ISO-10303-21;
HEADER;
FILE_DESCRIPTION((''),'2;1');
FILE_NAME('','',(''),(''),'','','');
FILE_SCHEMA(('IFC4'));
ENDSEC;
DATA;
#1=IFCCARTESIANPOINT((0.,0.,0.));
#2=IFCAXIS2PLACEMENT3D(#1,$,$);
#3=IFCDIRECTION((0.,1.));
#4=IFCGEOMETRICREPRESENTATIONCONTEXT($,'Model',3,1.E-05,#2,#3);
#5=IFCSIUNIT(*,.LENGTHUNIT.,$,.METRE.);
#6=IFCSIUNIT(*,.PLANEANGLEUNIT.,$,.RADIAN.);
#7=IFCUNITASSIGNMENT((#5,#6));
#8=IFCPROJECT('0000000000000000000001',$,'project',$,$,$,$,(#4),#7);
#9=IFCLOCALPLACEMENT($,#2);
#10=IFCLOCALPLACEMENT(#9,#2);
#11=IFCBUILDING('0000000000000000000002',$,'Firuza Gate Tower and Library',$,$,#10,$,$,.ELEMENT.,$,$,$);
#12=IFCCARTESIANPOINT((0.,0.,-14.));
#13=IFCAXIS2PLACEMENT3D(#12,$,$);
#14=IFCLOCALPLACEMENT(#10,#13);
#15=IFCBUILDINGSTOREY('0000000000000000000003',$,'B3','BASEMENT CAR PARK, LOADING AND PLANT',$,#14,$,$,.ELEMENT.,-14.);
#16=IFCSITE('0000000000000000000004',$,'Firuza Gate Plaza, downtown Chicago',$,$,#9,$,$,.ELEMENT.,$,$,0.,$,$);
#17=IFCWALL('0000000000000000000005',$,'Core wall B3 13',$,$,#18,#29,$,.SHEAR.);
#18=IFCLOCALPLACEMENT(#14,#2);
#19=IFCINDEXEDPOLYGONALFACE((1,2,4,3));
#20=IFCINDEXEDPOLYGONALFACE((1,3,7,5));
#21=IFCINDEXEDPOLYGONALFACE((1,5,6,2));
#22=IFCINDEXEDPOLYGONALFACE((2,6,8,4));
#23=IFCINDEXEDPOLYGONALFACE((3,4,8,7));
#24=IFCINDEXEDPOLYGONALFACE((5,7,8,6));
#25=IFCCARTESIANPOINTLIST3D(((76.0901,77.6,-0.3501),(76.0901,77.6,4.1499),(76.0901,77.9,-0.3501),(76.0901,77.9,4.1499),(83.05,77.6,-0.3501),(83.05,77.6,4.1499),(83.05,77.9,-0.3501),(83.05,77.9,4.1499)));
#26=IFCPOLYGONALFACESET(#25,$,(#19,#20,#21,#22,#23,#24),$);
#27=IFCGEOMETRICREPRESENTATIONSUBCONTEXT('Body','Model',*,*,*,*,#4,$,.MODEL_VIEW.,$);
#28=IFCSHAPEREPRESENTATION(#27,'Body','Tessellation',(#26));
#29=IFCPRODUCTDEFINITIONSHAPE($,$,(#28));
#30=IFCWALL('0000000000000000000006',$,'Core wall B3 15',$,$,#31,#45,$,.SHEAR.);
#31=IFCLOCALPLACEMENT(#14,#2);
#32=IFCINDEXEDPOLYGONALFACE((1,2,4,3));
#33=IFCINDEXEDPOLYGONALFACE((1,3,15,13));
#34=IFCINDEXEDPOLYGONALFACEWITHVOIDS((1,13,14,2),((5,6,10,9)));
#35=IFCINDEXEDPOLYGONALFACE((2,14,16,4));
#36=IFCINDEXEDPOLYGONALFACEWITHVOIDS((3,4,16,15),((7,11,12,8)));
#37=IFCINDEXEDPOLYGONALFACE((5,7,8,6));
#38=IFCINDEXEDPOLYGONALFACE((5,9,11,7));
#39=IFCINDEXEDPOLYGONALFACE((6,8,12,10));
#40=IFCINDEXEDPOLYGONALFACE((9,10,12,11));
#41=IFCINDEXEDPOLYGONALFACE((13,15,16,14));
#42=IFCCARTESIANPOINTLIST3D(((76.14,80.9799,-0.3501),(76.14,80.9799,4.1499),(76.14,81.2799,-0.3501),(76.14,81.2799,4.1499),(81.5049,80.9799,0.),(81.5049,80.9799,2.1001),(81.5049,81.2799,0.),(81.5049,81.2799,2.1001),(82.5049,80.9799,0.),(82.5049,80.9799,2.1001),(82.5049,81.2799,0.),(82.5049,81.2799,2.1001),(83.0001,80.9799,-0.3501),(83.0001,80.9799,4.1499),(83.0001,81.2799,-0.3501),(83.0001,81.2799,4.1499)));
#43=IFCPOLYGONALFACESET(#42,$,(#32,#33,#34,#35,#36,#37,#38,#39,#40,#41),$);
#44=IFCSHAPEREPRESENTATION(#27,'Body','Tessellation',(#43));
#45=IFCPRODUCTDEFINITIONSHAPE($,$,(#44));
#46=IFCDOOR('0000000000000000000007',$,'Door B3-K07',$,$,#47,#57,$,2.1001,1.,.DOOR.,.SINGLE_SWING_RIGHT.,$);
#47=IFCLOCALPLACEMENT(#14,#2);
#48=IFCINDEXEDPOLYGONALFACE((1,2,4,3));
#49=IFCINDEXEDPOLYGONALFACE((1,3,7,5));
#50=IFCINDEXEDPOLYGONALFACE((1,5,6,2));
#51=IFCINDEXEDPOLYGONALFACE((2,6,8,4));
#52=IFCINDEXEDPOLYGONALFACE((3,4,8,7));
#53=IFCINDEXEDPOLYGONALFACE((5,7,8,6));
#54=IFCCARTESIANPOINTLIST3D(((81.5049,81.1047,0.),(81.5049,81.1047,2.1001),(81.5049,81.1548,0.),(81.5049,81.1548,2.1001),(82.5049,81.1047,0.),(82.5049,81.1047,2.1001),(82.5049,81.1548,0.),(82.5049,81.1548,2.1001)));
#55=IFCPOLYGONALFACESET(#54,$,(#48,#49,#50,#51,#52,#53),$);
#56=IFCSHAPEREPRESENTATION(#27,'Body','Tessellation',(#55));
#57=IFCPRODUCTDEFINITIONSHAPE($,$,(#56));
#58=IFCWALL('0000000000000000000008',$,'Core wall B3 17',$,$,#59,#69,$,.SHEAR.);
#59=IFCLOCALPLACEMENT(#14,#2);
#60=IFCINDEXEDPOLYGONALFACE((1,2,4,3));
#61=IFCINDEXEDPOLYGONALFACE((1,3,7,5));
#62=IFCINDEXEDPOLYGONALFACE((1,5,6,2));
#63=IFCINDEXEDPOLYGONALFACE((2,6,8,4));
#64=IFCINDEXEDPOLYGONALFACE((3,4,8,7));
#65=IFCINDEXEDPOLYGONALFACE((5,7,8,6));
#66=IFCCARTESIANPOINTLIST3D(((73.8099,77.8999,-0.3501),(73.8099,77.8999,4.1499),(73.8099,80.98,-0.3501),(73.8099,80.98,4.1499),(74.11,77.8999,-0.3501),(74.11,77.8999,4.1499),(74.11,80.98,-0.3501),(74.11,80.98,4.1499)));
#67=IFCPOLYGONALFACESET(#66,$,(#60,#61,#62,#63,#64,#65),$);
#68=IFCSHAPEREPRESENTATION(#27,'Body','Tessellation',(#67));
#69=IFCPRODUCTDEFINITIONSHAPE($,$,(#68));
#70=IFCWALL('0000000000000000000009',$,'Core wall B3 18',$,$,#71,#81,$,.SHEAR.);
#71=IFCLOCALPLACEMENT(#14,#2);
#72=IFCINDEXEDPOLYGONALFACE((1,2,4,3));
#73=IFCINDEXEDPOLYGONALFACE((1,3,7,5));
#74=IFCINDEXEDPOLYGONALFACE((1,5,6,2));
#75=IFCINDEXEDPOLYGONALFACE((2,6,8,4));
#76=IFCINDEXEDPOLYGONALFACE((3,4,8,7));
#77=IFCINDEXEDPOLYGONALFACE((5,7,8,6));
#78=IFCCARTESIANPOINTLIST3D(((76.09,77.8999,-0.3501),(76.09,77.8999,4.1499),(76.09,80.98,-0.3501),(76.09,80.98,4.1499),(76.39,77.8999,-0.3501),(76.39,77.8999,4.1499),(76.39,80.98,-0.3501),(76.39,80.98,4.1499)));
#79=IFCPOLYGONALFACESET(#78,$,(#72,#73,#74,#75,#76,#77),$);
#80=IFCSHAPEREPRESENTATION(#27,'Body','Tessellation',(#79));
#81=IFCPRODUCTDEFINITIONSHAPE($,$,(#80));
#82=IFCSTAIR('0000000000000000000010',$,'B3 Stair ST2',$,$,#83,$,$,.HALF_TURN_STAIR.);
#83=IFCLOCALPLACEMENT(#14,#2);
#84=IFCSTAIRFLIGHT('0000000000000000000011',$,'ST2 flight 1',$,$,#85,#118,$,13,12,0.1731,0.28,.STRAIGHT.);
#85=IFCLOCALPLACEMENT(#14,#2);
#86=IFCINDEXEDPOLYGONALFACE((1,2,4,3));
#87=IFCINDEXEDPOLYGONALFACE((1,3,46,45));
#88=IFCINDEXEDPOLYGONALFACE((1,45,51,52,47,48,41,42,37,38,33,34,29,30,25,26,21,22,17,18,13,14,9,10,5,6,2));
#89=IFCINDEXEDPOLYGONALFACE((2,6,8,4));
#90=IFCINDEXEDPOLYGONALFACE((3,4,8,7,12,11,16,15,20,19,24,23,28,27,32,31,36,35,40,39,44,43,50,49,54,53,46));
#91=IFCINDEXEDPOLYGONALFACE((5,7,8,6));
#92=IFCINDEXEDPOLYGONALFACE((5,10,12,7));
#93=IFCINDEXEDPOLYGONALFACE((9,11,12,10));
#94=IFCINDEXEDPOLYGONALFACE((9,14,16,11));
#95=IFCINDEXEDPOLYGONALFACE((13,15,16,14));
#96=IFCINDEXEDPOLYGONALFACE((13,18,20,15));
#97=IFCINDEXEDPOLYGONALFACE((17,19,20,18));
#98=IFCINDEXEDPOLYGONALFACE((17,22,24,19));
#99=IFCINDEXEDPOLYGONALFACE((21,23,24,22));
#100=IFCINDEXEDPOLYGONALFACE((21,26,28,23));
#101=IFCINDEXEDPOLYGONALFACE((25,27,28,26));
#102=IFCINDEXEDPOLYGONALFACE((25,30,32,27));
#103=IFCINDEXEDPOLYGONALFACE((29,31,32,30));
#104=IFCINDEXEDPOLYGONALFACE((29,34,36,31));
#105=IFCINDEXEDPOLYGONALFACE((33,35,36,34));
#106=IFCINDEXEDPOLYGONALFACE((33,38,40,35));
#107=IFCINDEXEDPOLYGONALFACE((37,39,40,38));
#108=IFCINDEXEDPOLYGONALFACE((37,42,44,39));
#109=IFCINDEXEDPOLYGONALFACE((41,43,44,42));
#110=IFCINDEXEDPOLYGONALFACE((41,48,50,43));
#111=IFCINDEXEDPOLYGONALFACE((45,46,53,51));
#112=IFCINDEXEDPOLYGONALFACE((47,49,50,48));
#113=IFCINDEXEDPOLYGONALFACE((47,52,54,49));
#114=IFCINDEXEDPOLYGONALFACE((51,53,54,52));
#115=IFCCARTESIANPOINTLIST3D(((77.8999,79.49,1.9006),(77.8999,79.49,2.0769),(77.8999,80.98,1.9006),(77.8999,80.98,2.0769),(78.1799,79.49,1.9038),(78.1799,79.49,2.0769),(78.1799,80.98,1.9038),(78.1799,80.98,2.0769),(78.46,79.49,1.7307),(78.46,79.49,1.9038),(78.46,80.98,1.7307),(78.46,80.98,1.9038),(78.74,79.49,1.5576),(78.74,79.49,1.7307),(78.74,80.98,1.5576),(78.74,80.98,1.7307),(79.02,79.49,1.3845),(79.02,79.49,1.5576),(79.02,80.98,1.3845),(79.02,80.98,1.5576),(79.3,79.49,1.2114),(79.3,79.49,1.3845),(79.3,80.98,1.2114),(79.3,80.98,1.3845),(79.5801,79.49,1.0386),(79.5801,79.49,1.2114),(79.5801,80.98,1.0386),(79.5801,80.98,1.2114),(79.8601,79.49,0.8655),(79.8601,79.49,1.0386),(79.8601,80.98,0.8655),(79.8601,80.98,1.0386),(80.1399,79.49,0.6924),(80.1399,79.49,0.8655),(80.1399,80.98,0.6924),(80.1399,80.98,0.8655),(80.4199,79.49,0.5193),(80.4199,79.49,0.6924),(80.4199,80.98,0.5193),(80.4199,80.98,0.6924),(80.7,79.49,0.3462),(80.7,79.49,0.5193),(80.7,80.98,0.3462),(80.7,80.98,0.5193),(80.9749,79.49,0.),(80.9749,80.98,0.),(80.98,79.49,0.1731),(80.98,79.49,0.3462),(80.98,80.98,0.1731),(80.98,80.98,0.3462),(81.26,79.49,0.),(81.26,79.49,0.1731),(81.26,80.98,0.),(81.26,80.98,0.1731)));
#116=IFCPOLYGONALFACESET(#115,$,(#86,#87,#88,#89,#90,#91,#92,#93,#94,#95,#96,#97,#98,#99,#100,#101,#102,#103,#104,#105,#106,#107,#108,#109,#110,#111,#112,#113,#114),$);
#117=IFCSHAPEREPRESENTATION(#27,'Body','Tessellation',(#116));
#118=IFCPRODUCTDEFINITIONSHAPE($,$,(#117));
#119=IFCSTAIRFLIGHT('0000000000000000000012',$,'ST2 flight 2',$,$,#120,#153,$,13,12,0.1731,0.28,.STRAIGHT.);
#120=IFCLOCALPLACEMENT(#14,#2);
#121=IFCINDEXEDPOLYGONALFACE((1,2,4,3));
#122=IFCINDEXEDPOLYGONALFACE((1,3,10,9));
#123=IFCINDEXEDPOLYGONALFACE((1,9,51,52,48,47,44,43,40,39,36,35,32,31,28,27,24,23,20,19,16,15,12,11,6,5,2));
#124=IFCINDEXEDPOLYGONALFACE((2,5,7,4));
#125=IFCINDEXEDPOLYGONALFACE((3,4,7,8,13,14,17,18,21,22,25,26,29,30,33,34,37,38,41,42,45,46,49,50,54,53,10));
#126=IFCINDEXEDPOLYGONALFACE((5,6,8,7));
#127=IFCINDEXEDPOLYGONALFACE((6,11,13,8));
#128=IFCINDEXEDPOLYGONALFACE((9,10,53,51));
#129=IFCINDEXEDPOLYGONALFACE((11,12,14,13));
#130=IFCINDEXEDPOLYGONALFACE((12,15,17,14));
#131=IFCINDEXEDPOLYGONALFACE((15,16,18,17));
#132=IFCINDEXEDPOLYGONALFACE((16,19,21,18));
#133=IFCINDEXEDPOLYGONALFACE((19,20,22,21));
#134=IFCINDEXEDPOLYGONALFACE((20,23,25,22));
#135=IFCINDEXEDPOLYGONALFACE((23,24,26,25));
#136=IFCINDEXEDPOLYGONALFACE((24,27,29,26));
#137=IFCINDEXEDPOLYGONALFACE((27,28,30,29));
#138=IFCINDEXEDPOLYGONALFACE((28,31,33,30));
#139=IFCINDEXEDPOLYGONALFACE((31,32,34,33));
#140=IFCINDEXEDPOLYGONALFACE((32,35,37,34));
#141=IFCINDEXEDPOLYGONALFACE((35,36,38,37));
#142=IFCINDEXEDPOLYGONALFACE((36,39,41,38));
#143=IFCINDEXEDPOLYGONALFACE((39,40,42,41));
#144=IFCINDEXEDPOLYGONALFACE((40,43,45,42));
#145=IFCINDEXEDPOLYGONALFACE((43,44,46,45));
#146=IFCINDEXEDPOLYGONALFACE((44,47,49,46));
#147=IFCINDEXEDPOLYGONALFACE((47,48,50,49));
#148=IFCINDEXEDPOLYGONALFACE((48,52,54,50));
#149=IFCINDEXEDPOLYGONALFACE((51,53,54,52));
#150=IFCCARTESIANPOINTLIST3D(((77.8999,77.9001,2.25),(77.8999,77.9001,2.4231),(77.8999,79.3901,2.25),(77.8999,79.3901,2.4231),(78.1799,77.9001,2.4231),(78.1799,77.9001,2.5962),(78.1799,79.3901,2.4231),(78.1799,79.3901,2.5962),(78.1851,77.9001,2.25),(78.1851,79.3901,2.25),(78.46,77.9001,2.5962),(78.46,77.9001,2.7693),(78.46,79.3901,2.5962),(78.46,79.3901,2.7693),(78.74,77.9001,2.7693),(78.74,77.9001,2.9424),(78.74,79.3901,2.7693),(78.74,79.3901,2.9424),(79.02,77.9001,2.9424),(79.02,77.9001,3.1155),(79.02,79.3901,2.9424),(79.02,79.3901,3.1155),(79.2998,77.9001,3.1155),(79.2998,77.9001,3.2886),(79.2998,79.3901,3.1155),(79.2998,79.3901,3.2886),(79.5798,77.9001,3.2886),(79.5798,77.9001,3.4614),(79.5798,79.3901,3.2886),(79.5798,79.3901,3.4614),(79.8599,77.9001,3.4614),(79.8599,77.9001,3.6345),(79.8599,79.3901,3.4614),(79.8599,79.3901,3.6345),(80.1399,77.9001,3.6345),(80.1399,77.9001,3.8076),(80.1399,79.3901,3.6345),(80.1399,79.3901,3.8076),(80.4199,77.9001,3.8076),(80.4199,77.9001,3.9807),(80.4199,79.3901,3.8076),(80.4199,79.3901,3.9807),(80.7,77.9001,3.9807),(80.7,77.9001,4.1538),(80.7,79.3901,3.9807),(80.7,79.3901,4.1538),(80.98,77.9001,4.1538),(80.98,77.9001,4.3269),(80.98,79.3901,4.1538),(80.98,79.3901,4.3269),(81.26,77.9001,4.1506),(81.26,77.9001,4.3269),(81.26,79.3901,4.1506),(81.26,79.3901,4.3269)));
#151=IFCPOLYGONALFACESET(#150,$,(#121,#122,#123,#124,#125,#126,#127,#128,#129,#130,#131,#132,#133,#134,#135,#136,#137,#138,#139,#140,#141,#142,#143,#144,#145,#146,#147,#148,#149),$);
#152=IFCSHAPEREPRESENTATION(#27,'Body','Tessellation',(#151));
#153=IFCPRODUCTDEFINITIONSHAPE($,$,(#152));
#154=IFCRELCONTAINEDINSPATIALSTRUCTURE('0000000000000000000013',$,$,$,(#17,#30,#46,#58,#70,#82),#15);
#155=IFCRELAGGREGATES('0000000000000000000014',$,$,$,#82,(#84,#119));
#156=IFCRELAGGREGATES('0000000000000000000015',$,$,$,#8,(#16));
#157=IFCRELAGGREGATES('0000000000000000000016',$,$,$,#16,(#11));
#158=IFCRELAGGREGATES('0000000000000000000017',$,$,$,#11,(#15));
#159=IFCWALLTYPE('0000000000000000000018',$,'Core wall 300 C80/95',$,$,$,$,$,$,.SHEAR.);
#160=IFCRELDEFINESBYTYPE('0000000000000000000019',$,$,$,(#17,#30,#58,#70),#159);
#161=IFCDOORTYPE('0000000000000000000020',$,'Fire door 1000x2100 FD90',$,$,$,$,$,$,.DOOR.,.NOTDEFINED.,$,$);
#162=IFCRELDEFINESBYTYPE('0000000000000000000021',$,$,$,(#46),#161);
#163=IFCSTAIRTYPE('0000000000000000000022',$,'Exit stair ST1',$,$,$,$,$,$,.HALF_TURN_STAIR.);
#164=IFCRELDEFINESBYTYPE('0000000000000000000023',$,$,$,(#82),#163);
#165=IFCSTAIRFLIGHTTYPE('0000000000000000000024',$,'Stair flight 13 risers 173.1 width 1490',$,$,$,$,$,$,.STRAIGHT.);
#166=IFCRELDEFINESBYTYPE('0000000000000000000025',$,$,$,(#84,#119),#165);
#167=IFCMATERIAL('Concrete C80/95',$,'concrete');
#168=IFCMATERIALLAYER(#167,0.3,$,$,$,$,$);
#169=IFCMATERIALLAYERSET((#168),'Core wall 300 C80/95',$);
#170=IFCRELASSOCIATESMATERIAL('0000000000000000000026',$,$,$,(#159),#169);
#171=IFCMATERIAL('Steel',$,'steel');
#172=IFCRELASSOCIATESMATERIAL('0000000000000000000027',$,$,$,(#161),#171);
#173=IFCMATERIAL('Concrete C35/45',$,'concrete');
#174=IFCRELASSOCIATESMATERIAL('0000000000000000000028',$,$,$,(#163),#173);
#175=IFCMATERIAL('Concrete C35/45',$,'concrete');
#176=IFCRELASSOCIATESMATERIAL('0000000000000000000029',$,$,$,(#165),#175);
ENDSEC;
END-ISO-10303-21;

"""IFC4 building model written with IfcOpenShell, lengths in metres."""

from ifc_helpers import new_model, si_unit, direction, frame, frame_2d, origin, place, context, subcontext, project, spatial, polyline, rectangle, outline, extrude, material, layer, layer_set, type_object, element, fill, aggregate, save


model = new_model("IFC4")

# Units and contexts
model_context = context("Model", 3, precision=1e-05, world=origin(), true_north=direction((0.0, 1.0)))
body_context = subcontext(model_context, "Body", "Model", "MODEL_VIEW")
ifc_project = project(units=[si_unit("LENGTHUNIT", "METRE"), si_unit("PLANEANGLEUNIT", "RADIAN")], contexts=[model_context])

# Site, building, storey
site_placement = place(None, origin())
site = spatial("IfcSite", under=ifc_project, at=site_placement, Name="Firuza Gate Plaza, downtown Chicago", CompositionType="ELEMENT", RefElevation=0.0)
building_placement = place(site_placement, origin())
building = spatial("IfcBuilding", under=site, at=building_placement, Name="Firuza Gate Tower and Library", CompositionType="ELEMENT")
storey_placement = place(building_placement, frame((0.0, 0.0, -14.0)))
storey = spatial("IfcBuildingStorey", under=building, at=storey_placement, Name="B3", Description="BASEMENT CAR PARK, LOADING AND PLANT", CompositionType="ELEMENT", Elevation=-14.0)

# Wall
ifc_material_1 = material(Name="Concrete C80/95", Category="concrete")
ifc_layer_1 = layer(ifc_material_1, 0.3)
ifc_layer_set_1 = layer_set([ifc_layer_1], Name="Core wall 300 C80/95")
wall_type_1 = type_object("IfcWallType", Name="Core wall 300 C80/95", PredefinedType="SHEAR", material=ifc_layer_set_1)
wall_1_placement = place(storey_placement, frame((76.0901, 77.75, -0.3501), z_axis=(0.0, 0.0, 1.0), x_axis=(1.0, 0.0, 0.0)))
element("IfcWall", 1, at=wall_1_placement, inside=storey, type_object=wall_type_1, Name="Core wall B3 13", PredefinedType="SHEAR", context=body_context, shape_type="SweptSolid", body=[
    extrude(rectangle(XDim=6.96, YDim=0.3, at=frame_2d((3.48, 0.0))), origin(), (0.0, 0.0, 1.0), 4.5),
])

# Wall, opening, door
wall_2_placement = place(storey_placement, frame((76.1399, 81.1299, -0.3501), z_axis=(0.0, 0.0, 1.0), x_axis=(1.0, 0.0, 0.0)))
wall_2 = element("IfcWall", 2, at=wall_2_placement, inside=storey, type_object=wall_type_1, Name="Core wall B3 15", PredefinedType="SHEAR", context=body_context, shape_type="SweptSolid", body=[
    extrude(rectangle(XDim=6.8601, YDim=0.3, at=frame_2d((3.4302, 0.0))), origin(), (0.0, 0.0, 1.0), 4.5),
])
opening_1_placement = place(wall_2_placement, frame((5.365, 0.0, 0.3501)))
opening_1 = element("IfcOpeningElement", 3, at=opening_1_placement, cuts=wall_2, PredefinedType="OPENING", context=body_context, shape_type="SweptSolid", body=[
    extrude(rectangle(XDim=1.0, YDim=2.1001, at=frame_2d((0.5, 1.05))), frame((0.0, 0.1602, 0.0), z_axis=(0.0, -1.0, 0.0), x_axis=(1.0, 0.0, 0.0)), (0.0, 0.0, 1.0), 0.3201),
])
ifc_material_2 = material(Name="Steel", Category="steel")
door_type_1 = type_object("IfcDoorType", Name="Fire door 1000x2100 FD90", OperationType="NOTDEFINED", PredefinedType="DOOR", material=ifc_material_2)
door_1_placement = place(opening_1_placement, origin())
door_1 = element("IfcDoor", 4, at=door_1_placement, inside=storey, type_object=door_type_1, Name="Door B3-K07", OperationType="SINGLE_SWING_RIGHT", OverallHeight=2.1001, OverallWidth=1.0, PredefinedType="DOOR", context=body_context, shape_type="SweptSolid", body=[
    extrude(rectangle(XDim=1.0, YDim=2.1001, at=frame_2d((0.5, 1.05))), frame((0.0, 0.0249, 0.0), z_axis=(0.0, -1.0, 0.0), x_axis=(1.0, 0.0, 0.0)), (0.0, 0.0, 1.0), 0.05),
])
fill(opening_1, door_1)

# Walls
for number, where, z_axis, x_axis, name in (
    (5, (73.96, 77.8999, -0.3501), (0.0, 0.0, 1.0), (0.0, 1.0, 0.0), "Core wall B3 17"),
    (6, (76.24, 77.8999, -0.3501), (0.0, 0.0, 1.0), (0.0, 1.0, 0.0), "Core wall B3 18"),
):
    element("IfcWall", number, at=place(storey_placement, frame(where, z_axis=z_axis, x_axis=x_axis)), inside=storey, type_object=wall_type_1, Name=name, PredefinedType="SHEAR", context=body_context, shape_type="SweptSolid", body=[
        extrude(rectangle(XDim=3.0801, YDim=0.3, at=frame_2d((1.54, 0.0))), origin(), (0.0, 0.0, 1.0), 4.5),
    ])

# Stair, stair flights
ifc_material_3 = material(Name="Concrete C35/45", Category="concrete")
stair_type = type_object("IfcStairType", Name="Exit stair ST1", PredefinedType="HALF_TURN_STAIR", material=ifc_material_3)
stair_placement = place(storey_placement, origin())
stair = element("IfcStair", 7, at=stair_placement, inside=storey, type_object=stair_type, Name="B3 Stair ST2", PredefinedType="HALF_TURN_STAIR")
ifc_material_4 = material(Name="Concrete C35/45", Category="concrete")
stair_flight_type = type_object("IfcStairFlightType", Name="Stair flight 13 risers 173.1 width 1490", PredefinedType="STRAIGHT", material=ifc_material_4)
stair_flight_1_placement = place(storey_placement, frame((81.26, 80.2351, 0.0), z_axis=(0.0, 0.0, 1.0), x_axis=(-1.0, 0.0, 0.0)))
stair_flight_1 = element("IfcStairFlight", 8, at=stair_flight_1_placement, type_object=stair_flight_type, Name="ST2 flight 1", NumberOfRisers=13, NumberOfTreads=12, PredefinedType="STRAIGHT", RiserHeight=0.1731, TreadLength=0.28, context=body_context, shape_type="SweptSolid", body=[
    extrude(outline(polyline([(0.0, 0.0), (0.0, 0.1731), (0.28, 0.1731), (0.28, 0.3462), (0.5601, 0.3462), (0.5601, 0.5193), (0.8401, 0.5193), (0.8401, 0.6924), (1.1201, 0.6924), (1.1201, 0.8655), (1.3999, 0.8655), (1.3999, 1.0386), (1.6799, 1.0386), (1.6799, 1.2114), (1.96, 1.2114), (1.96, 1.3845), (2.24, 1.3845), (2.24, 1.5576), (2.52, 1.5576), (2.52, 1.7307), (2.8, 1.7307), (2.8, 1.9038), (3.0801, 1.9038), (3.0801, 2.0769), (3.3601, 2.0769), (3.3601, 2.25), (3.3601, 1.9006), (0.2852, 0.0), (0.0, 0.0)])), frame((0.0, 0.7451, 0.0), z_axis=(0.0, -1.0, 0.0), x_axis=(1.0, 0.0, 0.0)), (0.0, 0.0, 1.0), 1.49),
])
stair_flight_2_placement = place(storey_placement, frame((77.8999, 78.645, 2.25), z_axis=(0.0, 0.0, 1.0), x_axis=(1.0, 0.0, 0.0)))
stair_flight_2 = element("IfcStairFlight", 9, at=stair_flight_2_placement, type_object=stair_flight_type, Name="ST2 flight 2", NumberOfRisers=13, NumberOfTreads=12, PredefinedType="STRAIGHT", RiserHeight=0.1731, TreadLength=0.28, context=body_context, shape_type="SweptSolid", body=[
    extrude(outline(polyline([(0.0, 0.0), (0.0, 0.1731), (0.28, 0.1731), (0.28, 0.3462), (0.5601, 0.3462), (0.5601, 0.5193), (0.8401, 0.5193), (0.8401, 0.6924), (1.1201, 0.6924), (1.1201, 0.8655), (1.3999, 0.8655), (1.3999, 1.0386), (1.6799, 1.0386), (1.6799, 1.2114), (1.96, 1.2114), (1.96, 1.3845), (2.24, 1.3845), (2.24, 1.5576), (2.52, 1.5576), (2.52, 1.7307), (2.8, 1.7307), (2.8, 1.9038), (3.0801, 1.9038), (3.0801, 2.0769), (3.3601, 2.0769), (3.3601, 2.25), (3.3601, 1.9006), (0.2852, 0.0), (0.0, 0.0)])), frame((0.0, 0.7451, 0.0), z_axis=(0.0, -1.0, 0.0), x_axis=(1.0, 0.0, 0.0)), (0.0, 0.0, 1.0), 1.49),
])
aggregate(stair, [stair_flight_1, stair_flight_2])

save(model, "model.ifc")
